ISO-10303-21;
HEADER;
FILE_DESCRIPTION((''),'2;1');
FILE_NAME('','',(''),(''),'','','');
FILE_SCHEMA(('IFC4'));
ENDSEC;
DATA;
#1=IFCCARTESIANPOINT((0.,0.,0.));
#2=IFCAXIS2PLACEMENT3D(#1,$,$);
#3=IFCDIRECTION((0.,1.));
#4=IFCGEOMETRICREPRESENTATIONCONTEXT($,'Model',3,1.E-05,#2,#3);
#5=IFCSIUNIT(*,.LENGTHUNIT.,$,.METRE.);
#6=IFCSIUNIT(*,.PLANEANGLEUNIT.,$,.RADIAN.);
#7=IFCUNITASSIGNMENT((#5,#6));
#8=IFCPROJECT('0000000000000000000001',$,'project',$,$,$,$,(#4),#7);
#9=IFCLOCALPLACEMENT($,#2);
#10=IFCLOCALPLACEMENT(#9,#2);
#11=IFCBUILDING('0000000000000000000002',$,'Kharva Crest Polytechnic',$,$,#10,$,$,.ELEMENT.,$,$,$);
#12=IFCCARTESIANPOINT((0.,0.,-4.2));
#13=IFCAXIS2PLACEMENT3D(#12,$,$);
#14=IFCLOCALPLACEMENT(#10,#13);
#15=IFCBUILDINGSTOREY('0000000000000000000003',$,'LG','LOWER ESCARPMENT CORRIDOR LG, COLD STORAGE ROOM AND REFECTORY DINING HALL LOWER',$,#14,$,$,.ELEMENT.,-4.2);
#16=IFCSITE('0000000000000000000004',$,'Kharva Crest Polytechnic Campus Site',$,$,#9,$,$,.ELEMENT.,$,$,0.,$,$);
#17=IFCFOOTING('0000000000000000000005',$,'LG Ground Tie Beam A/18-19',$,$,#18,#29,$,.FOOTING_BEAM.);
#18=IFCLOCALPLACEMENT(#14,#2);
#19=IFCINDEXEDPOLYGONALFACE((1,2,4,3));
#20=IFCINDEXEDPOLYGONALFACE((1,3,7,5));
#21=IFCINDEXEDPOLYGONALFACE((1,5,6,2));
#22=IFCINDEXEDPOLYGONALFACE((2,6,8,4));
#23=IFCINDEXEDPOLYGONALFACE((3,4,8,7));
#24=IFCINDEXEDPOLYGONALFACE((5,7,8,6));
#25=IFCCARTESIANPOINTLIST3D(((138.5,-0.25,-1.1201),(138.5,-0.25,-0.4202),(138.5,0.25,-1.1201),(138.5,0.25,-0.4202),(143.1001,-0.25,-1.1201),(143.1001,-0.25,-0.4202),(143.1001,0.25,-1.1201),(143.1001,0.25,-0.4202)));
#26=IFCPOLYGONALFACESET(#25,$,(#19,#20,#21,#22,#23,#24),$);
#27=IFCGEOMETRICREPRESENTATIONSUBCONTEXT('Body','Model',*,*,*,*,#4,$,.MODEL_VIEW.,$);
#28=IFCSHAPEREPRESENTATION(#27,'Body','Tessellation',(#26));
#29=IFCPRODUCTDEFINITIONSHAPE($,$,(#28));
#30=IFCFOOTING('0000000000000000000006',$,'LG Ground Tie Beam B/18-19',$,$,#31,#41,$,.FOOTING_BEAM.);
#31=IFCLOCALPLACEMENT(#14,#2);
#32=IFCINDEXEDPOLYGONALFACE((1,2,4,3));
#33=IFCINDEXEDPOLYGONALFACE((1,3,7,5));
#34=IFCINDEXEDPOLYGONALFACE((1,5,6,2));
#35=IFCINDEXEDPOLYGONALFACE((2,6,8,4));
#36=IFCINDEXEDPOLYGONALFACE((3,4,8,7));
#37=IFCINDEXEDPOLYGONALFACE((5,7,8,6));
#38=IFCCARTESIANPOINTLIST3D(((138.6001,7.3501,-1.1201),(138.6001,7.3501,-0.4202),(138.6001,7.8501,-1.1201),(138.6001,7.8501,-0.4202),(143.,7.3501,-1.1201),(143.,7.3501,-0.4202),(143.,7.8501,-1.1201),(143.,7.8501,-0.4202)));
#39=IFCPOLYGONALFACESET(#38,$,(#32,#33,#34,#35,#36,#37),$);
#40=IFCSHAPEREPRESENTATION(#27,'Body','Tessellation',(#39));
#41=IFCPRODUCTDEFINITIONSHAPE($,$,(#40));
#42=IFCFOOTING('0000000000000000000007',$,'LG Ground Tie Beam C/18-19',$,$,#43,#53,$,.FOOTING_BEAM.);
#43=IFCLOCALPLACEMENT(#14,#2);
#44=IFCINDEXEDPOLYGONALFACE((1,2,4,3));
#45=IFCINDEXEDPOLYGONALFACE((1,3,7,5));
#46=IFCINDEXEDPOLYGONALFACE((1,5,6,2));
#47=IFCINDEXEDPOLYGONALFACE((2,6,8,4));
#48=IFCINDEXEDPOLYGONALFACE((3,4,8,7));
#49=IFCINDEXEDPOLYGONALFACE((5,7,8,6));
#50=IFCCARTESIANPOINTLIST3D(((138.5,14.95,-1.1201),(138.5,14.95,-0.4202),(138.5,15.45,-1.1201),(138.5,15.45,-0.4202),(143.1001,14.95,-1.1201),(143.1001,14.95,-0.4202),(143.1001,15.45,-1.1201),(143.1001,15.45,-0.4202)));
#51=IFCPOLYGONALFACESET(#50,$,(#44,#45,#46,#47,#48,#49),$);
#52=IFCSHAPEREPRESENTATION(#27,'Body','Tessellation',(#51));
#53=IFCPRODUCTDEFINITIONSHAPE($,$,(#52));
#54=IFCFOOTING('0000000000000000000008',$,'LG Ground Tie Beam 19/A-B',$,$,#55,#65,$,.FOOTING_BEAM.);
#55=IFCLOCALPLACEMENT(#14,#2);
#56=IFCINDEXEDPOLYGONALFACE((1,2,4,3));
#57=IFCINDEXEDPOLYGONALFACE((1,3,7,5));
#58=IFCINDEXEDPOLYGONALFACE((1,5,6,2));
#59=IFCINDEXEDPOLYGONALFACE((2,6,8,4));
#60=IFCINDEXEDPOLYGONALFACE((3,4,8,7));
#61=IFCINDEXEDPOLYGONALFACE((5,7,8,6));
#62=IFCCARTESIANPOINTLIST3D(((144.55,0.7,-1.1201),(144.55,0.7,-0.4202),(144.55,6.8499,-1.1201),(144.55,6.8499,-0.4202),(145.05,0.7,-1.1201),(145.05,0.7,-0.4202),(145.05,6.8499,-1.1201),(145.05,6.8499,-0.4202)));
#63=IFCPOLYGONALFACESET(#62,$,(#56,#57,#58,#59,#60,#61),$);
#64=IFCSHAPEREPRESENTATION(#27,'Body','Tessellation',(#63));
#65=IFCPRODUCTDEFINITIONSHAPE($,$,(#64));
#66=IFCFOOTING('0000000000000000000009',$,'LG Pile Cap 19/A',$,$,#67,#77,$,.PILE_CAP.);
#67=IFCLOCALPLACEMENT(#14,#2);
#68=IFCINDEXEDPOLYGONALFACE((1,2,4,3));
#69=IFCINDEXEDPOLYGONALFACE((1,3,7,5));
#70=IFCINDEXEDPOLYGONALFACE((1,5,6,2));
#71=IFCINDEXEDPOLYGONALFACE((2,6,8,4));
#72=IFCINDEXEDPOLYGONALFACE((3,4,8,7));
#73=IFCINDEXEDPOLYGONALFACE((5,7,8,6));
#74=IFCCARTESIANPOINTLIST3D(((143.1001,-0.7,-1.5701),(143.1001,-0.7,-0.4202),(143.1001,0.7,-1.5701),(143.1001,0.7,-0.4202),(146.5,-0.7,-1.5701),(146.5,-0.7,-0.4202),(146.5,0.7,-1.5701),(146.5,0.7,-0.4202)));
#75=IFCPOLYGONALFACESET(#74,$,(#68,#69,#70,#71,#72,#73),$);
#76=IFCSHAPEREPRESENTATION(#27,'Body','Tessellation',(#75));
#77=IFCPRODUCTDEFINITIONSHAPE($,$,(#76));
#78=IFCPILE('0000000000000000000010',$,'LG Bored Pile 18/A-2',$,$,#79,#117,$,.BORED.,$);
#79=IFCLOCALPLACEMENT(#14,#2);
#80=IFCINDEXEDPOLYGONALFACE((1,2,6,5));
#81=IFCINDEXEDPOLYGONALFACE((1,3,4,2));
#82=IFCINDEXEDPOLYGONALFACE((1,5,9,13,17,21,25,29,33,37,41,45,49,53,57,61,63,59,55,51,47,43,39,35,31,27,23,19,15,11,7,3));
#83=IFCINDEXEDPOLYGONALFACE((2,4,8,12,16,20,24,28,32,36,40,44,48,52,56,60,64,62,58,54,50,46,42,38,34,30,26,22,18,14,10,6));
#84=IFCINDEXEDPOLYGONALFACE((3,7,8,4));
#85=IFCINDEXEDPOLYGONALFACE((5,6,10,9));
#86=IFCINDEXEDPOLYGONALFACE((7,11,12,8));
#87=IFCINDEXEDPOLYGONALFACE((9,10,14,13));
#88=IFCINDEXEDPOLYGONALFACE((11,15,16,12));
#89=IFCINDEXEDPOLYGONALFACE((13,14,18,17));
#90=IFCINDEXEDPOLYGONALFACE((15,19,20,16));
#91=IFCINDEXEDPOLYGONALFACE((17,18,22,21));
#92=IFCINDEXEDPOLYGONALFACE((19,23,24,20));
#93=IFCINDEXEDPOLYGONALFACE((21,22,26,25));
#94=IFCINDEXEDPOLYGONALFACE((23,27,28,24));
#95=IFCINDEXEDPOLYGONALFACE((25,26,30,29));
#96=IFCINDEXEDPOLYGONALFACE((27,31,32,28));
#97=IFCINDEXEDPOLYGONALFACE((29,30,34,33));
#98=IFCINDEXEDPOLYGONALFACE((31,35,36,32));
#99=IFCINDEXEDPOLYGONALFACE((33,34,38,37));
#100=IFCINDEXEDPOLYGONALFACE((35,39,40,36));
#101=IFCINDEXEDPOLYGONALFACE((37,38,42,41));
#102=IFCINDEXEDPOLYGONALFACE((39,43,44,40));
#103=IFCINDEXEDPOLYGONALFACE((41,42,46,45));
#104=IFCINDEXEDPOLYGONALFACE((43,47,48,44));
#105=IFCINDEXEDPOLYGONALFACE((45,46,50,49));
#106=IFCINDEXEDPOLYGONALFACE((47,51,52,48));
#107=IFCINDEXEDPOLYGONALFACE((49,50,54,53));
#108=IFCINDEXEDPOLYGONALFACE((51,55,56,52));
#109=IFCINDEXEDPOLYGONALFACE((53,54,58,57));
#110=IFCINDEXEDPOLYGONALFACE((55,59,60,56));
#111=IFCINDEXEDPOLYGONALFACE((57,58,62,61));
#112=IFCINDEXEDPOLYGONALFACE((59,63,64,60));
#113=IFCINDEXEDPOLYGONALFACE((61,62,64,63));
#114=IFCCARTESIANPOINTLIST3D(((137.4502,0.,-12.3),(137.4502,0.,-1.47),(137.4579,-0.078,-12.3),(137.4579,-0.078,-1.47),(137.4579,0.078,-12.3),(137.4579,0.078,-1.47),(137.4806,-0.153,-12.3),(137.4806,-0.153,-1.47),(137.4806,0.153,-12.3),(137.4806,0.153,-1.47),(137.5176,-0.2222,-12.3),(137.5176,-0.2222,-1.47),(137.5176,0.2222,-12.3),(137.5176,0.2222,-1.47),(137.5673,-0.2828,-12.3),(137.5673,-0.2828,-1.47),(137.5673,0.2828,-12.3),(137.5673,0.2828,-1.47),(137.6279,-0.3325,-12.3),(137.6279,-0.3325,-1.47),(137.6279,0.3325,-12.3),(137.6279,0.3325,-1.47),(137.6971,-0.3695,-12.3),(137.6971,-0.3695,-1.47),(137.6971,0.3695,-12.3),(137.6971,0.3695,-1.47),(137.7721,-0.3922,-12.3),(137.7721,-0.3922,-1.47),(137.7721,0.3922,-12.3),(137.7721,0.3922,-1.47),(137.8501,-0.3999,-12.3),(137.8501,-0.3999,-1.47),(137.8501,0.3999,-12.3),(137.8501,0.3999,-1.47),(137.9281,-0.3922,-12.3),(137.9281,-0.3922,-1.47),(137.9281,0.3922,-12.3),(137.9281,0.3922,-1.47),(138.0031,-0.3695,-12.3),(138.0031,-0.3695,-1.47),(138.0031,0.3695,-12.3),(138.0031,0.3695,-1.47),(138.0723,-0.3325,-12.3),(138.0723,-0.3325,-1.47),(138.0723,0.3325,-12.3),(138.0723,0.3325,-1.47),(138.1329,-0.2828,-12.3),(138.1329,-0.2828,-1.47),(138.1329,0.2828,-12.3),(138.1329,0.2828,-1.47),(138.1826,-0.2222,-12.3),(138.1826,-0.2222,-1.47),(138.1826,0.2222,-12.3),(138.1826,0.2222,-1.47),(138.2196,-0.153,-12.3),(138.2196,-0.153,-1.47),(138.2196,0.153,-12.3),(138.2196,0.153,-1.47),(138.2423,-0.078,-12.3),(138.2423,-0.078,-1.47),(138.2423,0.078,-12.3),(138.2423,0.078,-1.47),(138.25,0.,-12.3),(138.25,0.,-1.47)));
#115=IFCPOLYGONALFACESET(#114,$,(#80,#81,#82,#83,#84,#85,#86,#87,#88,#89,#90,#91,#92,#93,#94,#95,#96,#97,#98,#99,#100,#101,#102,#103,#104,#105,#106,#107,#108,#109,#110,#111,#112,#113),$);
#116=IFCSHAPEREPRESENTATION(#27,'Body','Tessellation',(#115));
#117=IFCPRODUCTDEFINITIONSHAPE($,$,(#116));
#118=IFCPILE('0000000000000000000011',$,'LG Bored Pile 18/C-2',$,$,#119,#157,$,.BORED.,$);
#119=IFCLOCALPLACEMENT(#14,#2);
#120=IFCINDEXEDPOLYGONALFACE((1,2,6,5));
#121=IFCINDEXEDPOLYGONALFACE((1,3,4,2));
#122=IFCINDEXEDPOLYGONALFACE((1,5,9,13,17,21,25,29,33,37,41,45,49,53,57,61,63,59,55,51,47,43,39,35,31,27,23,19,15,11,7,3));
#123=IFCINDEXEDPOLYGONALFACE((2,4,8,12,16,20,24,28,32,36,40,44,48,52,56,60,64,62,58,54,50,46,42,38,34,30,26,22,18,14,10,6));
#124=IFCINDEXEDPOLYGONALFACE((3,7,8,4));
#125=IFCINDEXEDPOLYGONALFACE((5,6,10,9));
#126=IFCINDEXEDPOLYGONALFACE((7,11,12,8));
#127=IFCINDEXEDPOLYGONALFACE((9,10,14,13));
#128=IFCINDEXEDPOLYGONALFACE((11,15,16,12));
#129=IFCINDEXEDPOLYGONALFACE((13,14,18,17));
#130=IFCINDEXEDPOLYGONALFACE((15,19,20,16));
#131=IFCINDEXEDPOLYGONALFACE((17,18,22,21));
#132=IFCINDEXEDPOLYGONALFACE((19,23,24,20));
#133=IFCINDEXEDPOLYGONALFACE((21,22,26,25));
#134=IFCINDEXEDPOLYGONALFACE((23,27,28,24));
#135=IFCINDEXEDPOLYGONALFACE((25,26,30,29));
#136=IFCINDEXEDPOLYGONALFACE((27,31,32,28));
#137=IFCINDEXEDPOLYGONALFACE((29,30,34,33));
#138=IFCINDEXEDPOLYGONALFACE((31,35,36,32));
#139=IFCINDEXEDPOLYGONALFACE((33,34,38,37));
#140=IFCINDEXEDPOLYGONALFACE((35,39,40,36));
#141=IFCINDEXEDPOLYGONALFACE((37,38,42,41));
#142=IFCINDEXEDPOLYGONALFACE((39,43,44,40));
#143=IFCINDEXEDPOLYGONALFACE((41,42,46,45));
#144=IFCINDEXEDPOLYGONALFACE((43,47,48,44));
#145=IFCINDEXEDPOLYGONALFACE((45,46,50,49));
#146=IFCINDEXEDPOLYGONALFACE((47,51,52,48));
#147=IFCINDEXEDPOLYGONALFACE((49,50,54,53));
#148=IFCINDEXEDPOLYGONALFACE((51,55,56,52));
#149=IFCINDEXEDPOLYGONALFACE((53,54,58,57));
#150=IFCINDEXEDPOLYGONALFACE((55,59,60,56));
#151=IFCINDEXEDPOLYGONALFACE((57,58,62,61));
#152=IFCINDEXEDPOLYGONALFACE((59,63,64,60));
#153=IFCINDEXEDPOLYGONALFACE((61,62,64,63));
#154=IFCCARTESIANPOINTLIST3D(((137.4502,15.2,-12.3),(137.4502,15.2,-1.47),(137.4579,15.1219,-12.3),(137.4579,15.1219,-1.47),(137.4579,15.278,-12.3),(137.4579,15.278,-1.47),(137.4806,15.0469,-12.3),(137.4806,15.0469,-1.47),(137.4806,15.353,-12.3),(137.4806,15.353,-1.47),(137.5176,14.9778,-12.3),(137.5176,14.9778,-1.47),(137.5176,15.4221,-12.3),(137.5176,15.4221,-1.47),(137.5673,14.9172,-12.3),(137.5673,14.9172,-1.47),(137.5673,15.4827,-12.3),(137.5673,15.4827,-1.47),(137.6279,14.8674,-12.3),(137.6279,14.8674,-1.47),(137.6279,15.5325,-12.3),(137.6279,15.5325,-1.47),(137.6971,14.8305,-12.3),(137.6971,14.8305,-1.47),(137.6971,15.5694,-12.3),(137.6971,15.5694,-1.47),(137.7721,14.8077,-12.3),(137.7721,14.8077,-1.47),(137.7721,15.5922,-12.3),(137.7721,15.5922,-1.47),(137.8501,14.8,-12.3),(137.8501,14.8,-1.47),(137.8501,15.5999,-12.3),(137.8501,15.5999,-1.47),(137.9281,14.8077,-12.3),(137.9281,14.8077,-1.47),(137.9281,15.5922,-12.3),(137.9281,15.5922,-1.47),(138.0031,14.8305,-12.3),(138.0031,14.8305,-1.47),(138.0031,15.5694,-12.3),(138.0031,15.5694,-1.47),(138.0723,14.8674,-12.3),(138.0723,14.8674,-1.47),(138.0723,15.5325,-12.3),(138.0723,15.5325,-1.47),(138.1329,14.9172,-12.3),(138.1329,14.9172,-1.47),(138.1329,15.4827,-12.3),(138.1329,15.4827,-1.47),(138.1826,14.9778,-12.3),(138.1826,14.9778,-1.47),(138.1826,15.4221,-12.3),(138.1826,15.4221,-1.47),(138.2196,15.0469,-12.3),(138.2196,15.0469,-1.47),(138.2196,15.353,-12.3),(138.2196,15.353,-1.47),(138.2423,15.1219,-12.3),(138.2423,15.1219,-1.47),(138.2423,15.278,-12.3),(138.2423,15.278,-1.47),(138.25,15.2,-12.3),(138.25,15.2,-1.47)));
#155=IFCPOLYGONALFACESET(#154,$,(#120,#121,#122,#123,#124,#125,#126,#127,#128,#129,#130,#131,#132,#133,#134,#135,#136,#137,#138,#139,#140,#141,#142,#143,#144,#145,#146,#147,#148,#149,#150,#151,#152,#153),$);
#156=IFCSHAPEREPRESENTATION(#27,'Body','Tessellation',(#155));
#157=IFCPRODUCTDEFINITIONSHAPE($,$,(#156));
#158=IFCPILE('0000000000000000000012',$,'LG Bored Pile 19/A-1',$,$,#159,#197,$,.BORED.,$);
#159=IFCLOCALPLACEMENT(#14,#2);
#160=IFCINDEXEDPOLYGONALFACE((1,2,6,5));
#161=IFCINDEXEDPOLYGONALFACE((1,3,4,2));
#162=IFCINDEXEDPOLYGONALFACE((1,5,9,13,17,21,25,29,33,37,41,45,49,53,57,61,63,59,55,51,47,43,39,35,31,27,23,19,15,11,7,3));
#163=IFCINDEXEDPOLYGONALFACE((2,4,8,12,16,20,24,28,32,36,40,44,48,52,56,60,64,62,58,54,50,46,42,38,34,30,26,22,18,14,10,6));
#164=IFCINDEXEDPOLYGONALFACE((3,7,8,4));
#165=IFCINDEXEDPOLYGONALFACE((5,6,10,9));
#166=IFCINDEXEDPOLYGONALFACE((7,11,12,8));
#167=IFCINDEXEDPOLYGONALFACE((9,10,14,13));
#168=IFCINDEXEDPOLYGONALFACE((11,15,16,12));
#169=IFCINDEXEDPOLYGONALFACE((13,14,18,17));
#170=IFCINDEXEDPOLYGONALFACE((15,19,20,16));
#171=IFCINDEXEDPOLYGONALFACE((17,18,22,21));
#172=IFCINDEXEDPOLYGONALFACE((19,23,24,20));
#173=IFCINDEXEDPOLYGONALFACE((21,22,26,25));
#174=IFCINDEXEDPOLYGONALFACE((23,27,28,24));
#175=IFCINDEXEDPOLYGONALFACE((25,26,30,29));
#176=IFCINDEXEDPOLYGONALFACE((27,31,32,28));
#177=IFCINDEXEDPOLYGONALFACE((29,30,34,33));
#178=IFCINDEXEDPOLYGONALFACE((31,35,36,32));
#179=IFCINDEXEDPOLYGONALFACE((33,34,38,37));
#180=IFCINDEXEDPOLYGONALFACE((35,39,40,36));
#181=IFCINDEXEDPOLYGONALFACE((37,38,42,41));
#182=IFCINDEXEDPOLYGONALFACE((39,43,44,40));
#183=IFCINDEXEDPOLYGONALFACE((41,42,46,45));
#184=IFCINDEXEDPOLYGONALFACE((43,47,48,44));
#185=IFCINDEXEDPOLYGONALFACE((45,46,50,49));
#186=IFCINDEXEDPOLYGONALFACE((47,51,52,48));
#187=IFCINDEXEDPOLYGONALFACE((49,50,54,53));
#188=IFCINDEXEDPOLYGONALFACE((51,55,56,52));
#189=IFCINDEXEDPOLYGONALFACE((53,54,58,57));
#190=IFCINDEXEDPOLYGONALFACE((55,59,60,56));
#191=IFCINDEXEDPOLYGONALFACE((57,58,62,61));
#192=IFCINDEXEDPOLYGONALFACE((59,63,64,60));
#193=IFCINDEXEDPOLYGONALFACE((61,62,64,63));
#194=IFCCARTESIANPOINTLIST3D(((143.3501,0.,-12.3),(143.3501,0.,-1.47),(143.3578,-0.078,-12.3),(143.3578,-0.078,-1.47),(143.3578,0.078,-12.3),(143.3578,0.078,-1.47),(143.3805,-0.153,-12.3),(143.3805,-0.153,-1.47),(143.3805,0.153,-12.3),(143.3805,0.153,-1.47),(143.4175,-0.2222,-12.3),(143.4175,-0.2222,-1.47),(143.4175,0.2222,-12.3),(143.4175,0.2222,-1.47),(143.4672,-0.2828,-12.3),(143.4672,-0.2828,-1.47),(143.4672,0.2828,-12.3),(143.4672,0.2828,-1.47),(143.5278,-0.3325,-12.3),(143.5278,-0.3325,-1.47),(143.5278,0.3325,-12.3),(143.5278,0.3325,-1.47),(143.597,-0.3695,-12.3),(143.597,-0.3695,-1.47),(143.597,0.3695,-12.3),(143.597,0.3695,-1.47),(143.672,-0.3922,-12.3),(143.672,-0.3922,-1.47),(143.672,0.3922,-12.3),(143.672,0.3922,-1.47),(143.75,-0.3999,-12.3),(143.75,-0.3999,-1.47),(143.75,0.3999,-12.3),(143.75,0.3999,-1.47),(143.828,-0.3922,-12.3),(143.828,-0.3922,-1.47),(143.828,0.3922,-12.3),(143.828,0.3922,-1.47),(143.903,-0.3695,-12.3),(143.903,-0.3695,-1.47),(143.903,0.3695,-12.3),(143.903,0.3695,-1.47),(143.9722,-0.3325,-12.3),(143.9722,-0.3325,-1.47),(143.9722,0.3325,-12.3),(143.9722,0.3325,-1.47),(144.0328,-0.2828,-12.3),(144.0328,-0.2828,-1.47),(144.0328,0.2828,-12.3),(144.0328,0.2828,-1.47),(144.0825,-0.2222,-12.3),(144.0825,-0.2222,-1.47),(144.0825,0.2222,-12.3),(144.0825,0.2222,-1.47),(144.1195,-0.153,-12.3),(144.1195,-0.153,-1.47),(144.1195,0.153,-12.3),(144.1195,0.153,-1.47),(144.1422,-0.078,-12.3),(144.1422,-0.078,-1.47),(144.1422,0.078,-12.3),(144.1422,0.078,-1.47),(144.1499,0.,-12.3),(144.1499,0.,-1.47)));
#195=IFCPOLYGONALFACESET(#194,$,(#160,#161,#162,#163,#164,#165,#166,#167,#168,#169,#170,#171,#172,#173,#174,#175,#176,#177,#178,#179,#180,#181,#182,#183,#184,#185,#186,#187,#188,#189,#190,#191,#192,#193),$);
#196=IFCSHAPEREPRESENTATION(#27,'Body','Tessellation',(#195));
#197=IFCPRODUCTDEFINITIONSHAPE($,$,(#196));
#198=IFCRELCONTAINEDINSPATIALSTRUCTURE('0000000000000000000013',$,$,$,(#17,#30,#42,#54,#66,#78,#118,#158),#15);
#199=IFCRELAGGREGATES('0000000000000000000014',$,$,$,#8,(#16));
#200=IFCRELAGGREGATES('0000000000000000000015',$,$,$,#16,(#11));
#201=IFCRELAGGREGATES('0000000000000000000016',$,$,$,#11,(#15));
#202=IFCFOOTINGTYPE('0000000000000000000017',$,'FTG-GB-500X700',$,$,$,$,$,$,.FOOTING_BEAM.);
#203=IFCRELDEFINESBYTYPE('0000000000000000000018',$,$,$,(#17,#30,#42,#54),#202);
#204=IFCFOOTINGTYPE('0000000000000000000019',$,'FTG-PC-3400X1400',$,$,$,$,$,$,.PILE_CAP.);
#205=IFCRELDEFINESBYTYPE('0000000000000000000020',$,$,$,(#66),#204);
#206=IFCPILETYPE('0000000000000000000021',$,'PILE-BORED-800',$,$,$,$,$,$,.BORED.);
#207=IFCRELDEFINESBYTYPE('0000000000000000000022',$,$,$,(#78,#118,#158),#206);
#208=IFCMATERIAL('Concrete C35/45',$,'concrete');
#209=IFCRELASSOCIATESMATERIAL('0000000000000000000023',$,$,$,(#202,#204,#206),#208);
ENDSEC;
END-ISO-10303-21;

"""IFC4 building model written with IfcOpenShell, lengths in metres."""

from ifc_helpers import new_model, si_unit, direction, frame, origin, origin_2d, place, context, subcontext, project, spatial, rectangle, circle, extrude, material, material_profile, profile_set, type_object, element, save


model = new_model("IFC4")

# Units and contexts
model_context = context("Model", 3, precision=1e-05, world=origin(), true_north=direction((0.0, 1.0)))
body_context = subcontext(model_context, "Body", "Model", "MODEL_VIEW")
ifc_project = project(units=[si_unit("LENGTHUNIT", "METRE"), si_unit("PLANEANGLEUNIT", "RADIAN")], contexts=[model_context])

# Site, building, storey
site_placement = place(None, origin())
site = spatial("IfcSite", under=ifc_project, at=site_placement, Name="Kharva Crest Polytechnic Campus Site", CompositionType="ELEMENT", RefElevation=0.0)
building_placement = place(site_placement, origin())
building = spatial("IfcBuilding", under=site, at=building_placement, Name="Kharva Crest Polytechnic", CompositionType="ELEMENT")
storey_placement = place(building_placement, frame((0.0, 0.0, -4.2)))
storey = spatial("IfcBuildingStorey", under=building, at=storey_placement, Name="LG", Description="LOWER ESCARPMENT CORRIDOR LG, COLD STORAGE ROOM AND REFECTORY DINING HALL LOWER", CompositionType="ELEMENT", Elevation=-4.2)

# Footings
ifc_material_1 = material(Name="Concrete C35/45", Category="concrete")
footing_type_1 = type_object("IfcFootingType", Name="FTG-GB-500X700", PredefinedType="FOOTING_BEAM", material=ifc_material_1)
footing_1_placement = place(storey_placement, frame((140.8, 0.0, -1.1201), z_axis=(0.0, 0.0, 1.0), x_axis=(1.0, 0.0, 0.0)))
element("IfcFooting", 1, at=footing_1_placement, inside=storey, type_object=footing_type_1, Name="LG Ground Tie Beam A/18-19", PredefinedType="FOOTING_BEAM", context=body_context, shape_type="SweptSolid", body=[
    extrude(rectangle(XDim=4.6001, YDim=0.5, at=origin_2d()), origin(), (0.0, 0.0, 1.0), 0.7),
])
footing_2_placement = place(storey_placement, frame((140.8, 7.6001, -1.1201), z_axis=(0.0, 0.0, 1.0), x_axis=(1.0, 0.0, 0.0)))
element("IfcFooting", 2, at=footing_2_placement, inside=storey, type_object=footing_type_1, Name="LG Ground Tie Beam B/18-19", PredefinedType="FOOTING_BEAM", context=body_context, shape_type="SweptSolid", body=[
    extrude(rectangle(XDim=4.3999, YDim=0.5, at=origin_2d()), origin(), (0.0, 0.0, 1.0), 0.7),
])
footing_3_placement = place(storey_placement, frame((140.8, 15.2, -1.1201), z_axis=(0.0, 0.0, 1.0), x_axis=(1.0, 0.0, 0.0)))
element("IfcFooting", 3, at=footing_3_placement, inside=storey, type_object=footing_type_1, Name="LG Ground Tie Beam C/18-19", PredefinedType="FOOTING_BEAM", context=body_context, shape_type="SweptSolid", body=[
    extrude(rectangle(XDim=4.6001, YDim=0.5, at=origin_2d()), origin(), (0.0, 0.0, 1.0), 0.7),
])
footing_4_placement = place(storey_placement, frame((144.8, 3.7749, -1.1201), z_axis=(0.0, 0.0, 1.0), x_axis=(0.0, 1.0, 0.0)))
element("IfcFooting", 4, at=footing_4_placement, inside=storey, type_object=footing_type_1, Name="LG Ground Tie Beam 19/A-B", PredefinedType="FOOTING_BEAM", context=body_context, shape_type="SweptSolid", body=[
    extrude(rectangle(XDim=6.1499, YDim=0.5, at=origin_2d()), origin(), (0.0, 0.0, 1.0), 0.7),
])
footing_type_2 = type_object("IfcFootingType", Name="FTG-PC-3400X1400", PredefinedType="PILE_CAP", material=ifc_material_1)
footing_5_placement = place(storey_placement, frame((144.8, 0.0, -1.5701), z_axis=(0.0, 0.0, 1.0), x_axis=(1.0, 0.0, 0.0)))
element("IfcFooting", 5, at=footing_5_placement, inside=storey, type_object=footing_type_2, Name="LG Pile Cap 19/A", PredefinedType="PILE_CAP", context=body_context, shape_type="SweptSolid", body=[
    extrude(rectangle(XDim=3.3999, YDim=1.3999, at=origin_2d()), origin(), (0.0, 0.0, 1.0), 1.1499),
])

# Piles
ifc_material_profile_1 = material_profile(ifc_material_1, circle(Radius=0.3999, at=origin_2d()), Name="DIA 800")
ifc_profile_set_1 = profile_set([ifc_material_profile_1], Name="Concrete C35/45")
pile_type_1 = type_object("IfcPileType", Name="PILE-BORED-800", PredefinedType="BORED", material=ifc_profile_set_1)
for number, where, z_axis, x_axis, name in (
    (6, (137.8501, 0.0, -1.47), (0.0, 0.0, -1.0), (1.0, 0.0, 0.0), "LG Bored Pile 18/A-2"),
    (7, (137.8501, 15.2, -1.47), (0.0, 0.0, -1.0), (1.0, 0.0, 0.0), "LG Bored Pile 18/C-2"),
    (8, (143.75, 0.0, -1.47), (0.0, 0.0, -1.0), (1.0, 0.0, 0.0), "LG Bored Pile 19/A-1"),
):
    element("IfcPile", number, at=place(storey_placement, frame(where, z_axis=z_axis, x_axis=x_axis)), inside=storey, type_object=pile_type_1, Name=name, PredefinedType="BORED", context=body_context, shape_type="SweptSolid", body=[
        extrude(circle(Radius=0.3999, at=origin_2d()), origin(), (0.0, 0.0, 1.0), 10.8301),
    ])

save(model, "model.ifc")
